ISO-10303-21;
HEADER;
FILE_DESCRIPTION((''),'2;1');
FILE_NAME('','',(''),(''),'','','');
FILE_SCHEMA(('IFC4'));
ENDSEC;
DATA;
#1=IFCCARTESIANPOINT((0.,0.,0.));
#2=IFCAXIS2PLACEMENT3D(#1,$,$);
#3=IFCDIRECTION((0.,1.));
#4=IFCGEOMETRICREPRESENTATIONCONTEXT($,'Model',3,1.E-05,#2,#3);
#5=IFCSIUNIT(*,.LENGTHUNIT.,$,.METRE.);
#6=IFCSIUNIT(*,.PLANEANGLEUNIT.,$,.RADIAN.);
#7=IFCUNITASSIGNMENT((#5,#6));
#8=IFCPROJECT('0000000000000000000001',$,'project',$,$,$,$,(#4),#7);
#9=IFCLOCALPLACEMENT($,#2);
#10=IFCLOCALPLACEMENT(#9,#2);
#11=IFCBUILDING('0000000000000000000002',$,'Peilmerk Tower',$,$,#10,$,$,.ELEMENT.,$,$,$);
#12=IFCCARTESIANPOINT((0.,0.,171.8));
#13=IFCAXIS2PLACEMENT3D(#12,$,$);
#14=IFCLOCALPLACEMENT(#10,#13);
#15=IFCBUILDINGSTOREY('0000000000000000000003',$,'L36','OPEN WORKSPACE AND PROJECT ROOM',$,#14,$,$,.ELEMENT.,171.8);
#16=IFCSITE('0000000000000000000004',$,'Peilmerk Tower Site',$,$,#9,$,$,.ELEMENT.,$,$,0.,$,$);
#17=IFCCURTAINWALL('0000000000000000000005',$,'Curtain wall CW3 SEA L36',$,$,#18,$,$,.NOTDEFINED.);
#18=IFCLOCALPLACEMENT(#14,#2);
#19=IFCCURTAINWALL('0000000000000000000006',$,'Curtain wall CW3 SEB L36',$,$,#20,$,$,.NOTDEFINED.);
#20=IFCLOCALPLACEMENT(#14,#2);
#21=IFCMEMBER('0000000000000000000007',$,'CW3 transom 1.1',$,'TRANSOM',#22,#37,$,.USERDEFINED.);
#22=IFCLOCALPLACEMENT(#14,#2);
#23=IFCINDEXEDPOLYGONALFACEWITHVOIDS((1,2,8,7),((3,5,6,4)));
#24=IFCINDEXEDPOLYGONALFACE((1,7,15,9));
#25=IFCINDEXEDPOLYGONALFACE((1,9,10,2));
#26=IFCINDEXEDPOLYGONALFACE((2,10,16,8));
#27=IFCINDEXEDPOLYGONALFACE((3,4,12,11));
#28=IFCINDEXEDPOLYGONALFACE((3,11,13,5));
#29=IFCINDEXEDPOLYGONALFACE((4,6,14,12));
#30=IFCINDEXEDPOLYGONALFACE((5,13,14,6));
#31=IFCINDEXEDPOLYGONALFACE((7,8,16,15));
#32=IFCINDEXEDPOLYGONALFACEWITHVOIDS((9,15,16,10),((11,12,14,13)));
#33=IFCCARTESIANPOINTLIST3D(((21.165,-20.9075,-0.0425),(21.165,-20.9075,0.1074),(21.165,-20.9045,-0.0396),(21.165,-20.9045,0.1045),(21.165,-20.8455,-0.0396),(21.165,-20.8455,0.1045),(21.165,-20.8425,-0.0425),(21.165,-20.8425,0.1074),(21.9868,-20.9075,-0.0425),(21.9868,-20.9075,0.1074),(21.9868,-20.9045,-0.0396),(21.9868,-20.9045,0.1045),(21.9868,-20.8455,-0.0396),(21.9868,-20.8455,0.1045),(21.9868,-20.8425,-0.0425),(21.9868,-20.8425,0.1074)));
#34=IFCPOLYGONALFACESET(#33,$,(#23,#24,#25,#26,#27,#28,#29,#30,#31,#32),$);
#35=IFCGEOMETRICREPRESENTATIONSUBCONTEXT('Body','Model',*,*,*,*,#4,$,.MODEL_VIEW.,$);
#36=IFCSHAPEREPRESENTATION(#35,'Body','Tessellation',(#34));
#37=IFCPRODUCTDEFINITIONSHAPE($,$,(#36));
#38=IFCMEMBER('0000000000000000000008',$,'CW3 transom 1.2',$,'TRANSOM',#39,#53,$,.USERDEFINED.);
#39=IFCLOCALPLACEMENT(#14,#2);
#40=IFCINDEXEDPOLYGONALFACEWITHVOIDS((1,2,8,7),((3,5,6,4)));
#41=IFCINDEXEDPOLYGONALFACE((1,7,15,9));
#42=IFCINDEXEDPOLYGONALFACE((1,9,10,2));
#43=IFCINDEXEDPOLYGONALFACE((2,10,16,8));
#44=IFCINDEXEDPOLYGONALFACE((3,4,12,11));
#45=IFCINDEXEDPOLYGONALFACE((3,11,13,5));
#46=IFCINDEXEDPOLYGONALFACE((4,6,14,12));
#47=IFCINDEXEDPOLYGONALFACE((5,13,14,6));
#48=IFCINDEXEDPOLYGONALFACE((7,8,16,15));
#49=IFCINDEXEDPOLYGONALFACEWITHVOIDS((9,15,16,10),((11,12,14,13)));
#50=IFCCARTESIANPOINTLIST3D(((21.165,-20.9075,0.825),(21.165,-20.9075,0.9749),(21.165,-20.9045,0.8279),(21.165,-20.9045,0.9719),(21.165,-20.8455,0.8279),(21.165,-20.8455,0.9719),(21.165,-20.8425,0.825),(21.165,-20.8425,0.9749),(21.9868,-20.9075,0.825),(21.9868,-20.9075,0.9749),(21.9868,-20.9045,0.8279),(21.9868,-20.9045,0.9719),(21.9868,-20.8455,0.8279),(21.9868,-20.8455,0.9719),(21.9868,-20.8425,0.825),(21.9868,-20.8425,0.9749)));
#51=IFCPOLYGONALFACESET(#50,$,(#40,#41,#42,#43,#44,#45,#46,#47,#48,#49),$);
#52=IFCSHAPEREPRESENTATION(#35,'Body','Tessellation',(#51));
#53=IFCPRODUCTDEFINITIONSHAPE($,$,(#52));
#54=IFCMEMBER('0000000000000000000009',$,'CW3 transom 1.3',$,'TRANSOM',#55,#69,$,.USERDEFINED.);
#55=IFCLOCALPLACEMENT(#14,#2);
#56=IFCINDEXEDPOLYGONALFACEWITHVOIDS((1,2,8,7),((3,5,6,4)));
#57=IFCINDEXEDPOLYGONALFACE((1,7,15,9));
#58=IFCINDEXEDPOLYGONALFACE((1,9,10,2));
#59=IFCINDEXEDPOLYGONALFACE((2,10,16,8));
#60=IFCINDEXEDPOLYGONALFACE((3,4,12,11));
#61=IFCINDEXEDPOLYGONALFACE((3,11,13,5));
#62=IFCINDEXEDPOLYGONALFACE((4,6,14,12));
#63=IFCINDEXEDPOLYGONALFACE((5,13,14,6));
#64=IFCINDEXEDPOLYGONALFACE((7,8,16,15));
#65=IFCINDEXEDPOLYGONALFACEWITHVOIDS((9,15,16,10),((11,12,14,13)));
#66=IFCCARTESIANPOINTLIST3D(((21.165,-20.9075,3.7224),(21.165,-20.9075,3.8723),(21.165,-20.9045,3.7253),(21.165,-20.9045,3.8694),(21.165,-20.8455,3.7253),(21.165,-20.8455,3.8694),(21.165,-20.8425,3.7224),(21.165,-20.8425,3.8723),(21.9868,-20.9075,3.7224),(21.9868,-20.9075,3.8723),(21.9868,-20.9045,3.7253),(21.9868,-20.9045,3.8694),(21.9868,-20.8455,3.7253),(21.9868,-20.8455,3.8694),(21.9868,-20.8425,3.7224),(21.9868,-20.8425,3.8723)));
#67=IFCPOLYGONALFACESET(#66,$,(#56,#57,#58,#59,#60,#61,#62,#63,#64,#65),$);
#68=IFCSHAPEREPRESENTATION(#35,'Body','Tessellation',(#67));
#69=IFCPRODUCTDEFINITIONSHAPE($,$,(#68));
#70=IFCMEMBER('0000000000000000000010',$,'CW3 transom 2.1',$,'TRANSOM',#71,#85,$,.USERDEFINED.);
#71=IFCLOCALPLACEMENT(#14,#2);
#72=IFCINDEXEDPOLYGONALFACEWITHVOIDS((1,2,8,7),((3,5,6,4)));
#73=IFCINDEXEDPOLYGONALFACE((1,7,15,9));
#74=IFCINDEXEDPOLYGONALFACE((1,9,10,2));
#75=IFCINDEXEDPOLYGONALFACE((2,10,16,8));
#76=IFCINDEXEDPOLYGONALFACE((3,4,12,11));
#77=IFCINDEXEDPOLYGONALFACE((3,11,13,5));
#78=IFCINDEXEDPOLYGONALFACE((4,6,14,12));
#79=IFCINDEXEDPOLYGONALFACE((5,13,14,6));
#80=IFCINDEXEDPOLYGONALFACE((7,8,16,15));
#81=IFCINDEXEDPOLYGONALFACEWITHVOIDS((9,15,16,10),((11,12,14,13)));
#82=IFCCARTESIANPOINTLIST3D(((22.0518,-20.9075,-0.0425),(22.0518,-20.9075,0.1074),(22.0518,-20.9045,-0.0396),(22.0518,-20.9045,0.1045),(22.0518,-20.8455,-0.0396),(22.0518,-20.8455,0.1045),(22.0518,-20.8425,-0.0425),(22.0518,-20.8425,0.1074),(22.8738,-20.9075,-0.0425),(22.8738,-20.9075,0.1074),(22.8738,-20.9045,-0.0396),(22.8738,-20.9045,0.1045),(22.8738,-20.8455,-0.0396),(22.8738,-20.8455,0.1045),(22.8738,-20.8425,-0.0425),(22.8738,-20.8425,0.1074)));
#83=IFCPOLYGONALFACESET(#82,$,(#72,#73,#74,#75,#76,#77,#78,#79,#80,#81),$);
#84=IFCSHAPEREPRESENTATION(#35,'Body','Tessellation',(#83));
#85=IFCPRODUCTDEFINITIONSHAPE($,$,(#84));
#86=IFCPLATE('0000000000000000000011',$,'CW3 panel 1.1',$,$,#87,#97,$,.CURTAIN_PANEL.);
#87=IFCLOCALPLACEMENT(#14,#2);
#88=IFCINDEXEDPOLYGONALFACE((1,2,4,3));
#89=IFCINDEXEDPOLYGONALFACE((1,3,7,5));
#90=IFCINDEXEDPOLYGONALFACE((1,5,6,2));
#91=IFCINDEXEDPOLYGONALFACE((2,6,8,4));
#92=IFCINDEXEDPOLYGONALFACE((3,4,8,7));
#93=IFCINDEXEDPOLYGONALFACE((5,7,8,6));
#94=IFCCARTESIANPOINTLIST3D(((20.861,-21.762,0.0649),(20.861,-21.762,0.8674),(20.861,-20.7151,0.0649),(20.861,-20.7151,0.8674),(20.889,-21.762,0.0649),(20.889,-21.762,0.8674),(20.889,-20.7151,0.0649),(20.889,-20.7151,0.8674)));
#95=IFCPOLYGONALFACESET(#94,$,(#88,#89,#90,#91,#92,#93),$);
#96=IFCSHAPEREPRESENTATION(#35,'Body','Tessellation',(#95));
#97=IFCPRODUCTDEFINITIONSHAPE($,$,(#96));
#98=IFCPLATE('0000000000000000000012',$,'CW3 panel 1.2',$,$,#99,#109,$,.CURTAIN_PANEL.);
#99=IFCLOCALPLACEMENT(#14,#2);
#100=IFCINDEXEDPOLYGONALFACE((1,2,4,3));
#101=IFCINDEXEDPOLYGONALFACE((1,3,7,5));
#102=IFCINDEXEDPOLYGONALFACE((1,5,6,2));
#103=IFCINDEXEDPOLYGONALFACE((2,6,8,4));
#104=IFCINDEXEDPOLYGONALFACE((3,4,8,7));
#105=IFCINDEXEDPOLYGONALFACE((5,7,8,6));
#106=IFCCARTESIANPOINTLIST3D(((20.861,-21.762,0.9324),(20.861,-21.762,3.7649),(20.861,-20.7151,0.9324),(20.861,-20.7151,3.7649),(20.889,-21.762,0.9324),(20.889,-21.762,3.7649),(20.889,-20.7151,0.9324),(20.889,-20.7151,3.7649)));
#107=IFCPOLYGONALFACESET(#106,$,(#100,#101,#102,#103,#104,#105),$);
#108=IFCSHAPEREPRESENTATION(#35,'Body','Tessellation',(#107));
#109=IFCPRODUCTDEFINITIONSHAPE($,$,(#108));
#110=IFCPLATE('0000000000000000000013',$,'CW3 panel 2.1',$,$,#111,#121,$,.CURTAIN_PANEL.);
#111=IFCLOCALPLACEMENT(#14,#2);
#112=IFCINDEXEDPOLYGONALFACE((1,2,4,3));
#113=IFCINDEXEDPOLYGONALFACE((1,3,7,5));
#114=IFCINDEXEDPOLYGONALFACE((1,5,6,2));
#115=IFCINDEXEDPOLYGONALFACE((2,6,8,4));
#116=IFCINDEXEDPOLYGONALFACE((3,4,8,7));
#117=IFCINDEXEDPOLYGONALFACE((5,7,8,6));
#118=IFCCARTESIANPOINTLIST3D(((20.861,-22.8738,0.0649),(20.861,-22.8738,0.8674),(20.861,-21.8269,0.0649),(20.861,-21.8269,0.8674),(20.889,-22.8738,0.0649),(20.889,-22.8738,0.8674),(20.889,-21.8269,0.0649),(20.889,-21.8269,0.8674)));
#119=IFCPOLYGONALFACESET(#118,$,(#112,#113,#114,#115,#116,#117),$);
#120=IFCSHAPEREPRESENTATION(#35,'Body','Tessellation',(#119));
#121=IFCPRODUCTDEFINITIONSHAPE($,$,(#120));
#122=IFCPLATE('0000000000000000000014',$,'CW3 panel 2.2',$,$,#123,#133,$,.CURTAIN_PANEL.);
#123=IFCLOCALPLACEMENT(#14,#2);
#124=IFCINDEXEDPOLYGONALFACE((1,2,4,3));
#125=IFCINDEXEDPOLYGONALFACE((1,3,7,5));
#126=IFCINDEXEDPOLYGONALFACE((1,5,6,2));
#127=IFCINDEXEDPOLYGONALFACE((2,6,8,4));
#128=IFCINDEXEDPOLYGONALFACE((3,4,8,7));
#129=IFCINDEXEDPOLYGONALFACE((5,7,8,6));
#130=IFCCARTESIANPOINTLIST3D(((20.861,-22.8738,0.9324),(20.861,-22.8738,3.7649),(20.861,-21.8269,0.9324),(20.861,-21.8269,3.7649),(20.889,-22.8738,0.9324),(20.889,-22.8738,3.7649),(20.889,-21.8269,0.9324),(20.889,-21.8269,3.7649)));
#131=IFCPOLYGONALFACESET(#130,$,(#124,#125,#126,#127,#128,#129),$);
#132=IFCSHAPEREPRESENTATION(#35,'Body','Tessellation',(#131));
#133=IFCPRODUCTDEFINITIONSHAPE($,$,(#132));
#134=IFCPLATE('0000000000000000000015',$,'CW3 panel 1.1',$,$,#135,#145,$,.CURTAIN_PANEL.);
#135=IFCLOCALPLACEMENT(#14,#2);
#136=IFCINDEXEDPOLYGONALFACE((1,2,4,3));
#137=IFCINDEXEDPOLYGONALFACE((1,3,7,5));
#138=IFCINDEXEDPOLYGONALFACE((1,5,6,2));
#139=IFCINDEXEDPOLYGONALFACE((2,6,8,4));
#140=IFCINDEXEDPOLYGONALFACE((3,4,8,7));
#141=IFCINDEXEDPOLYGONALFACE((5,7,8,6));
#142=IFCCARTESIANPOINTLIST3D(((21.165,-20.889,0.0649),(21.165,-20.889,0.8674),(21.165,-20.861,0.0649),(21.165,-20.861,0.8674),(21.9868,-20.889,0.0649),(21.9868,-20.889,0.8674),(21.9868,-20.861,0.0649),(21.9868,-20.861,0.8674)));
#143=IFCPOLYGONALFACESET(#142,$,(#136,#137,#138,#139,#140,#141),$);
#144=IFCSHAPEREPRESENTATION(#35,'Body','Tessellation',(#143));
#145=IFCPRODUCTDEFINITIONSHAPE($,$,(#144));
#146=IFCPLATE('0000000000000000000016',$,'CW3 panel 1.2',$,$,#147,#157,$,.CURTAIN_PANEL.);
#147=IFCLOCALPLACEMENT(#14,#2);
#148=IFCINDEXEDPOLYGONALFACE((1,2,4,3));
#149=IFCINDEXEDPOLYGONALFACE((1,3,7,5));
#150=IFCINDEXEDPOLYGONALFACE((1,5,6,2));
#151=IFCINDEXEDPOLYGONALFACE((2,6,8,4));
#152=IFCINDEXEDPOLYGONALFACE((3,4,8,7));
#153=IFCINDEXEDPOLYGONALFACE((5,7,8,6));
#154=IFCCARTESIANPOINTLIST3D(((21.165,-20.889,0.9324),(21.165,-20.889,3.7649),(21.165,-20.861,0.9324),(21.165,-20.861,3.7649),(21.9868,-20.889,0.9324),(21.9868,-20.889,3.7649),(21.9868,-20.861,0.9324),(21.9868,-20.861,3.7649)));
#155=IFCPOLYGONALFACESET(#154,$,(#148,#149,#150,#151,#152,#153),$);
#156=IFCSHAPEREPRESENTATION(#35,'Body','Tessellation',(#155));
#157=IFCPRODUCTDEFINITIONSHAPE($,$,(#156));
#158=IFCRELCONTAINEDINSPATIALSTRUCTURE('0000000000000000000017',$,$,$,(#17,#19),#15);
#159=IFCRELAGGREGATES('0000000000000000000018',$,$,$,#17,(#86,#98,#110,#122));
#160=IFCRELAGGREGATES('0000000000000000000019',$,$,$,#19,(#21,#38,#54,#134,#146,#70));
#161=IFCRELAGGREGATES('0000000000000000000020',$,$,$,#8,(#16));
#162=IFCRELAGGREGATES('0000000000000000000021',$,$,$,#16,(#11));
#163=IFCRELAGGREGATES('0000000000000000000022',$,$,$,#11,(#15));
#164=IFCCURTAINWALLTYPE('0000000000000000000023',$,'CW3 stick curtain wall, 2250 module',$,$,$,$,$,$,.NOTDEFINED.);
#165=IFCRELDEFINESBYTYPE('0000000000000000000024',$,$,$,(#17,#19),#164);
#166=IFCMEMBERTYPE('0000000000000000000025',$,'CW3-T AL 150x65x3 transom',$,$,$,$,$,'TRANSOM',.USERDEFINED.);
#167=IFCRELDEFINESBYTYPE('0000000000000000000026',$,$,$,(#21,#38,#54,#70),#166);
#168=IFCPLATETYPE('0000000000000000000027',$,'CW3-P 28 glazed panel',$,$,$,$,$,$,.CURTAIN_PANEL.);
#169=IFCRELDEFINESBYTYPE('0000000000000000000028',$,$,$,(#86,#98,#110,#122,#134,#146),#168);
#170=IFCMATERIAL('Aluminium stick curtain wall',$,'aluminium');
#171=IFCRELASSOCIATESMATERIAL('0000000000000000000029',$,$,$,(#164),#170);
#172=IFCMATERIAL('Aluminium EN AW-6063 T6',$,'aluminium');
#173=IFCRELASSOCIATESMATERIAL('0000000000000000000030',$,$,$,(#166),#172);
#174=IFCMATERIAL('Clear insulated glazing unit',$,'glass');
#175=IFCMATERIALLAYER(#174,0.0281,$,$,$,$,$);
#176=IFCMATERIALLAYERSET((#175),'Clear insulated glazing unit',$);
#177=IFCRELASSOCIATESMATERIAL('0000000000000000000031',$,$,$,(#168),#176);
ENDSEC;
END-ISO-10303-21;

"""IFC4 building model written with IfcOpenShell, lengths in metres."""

from ifc_helpers import new_model, si_unit, direction, frame, origin, origin_2d, place, context, subcontext, project, spatial, rectangle, hollow_rectangle, extrude, material, layer, layer_set, material_profile, profile_set, type_object, element, aggregate, save


model = new_model("IFC4")

# Units and contexts
model_context = context("Model", 3, precision=1e-05, world=origin(), true_north=direction((0.0, 1.0)))
body_context = subcontext(model_context, "Body", "Model", "MODEL_VIEW")
ifc_project = project(units=[si_unit("LENGTHUNIT", "METRE"), si_unit("PLANEANGLEUNIT", "RADIAN")], contexts=[model_context])

# Site, building, storey
site_placement = place(None, origin())
site = spatial("IfcSite", under=ifc_project, at=site_placement, Name="Peilmerk Tower Site", CompositionType="ELEMENT", RefElevation=0.0)
building_placement = place(site_placement, origin())
building = spatial("IfcBuilding", under=site, at=building_placement, Name="Peilmerk Tower", CompositionType="ELEMENT")
storey_placement = place(building_placement, frame((0.0, 0.0, 171.8)))
storey = spatial("IfcBuildingStorey", under=building, at=storey_placement, Name="L36", Description="OPEN WORKSPACE AND PROJECT ROOM", CompositionType="ELEMENT", Elevation=171.8)

# Curtain walls
ifc_material_1 = material(Name="Aluminium stick curtain wall", Category="aluminium")
curtain_wall_type = type_object("IfcCurtainWallType", Name="CW3 stick curtain wall, 2250 module", PredefinedType="NOTDEFINED", material=ifc_material_1)
curtain_wall_1_placement = place(storey_placement, origin())
curtain_wall_1 = element("IfcCurtainWall", 1, at=curtain_wall_1_placement, inside=storey, type_object=curtain_wall_type, Name="Curtain wall CW3 SEA L36", PredefinedType="NOTDEFINED")
ifc_material_2 = material(Name="Aluminium EN AW-6063 T6", Category="aluminium")
curtain_wall_2_placement = place(storey_placement, origin())
curtain_wall_2 = element("IfcCurtainWall", 2, at=curtain_wall_2_placement, inside=storey, type_object=curtain_wall_type, Name="Curtain wall CW3 SEB L36", PredefinedType="NOTDEFINED")

# Members
ifc_material_profile_1 = material_profile(ifc_material_2, hollow_rectangle(XDim=0.0649, YDim=0.1499, WallThickness=0.0029, at=origin_2d()), Name="AL 150x65x3")
ifc_profile_set_1 = profile_set([ifc_material_profile_1], Name="Aluminium EN AW-6063 T6")
member_type_1 = type_object("IfcMemberType", Name="CW3-T AL 150x65x3 transom", ElementType="TRANSOM", PredefinedType="USERDEFINED", material=ifc_profile_set_1)
member_1_placement = place(storey_placement, frame((21.165, -20.875, 0.0325), z_axis=(1.0, 0.0, 0.0), x_axis=(0.0, 1.0, 0.0)))
member_1 = element("IfcMember", 3, at=member_1_placement, type_object=member_type_1, Name="CW3 transom 1.1", ObjectType="TRANSOM", PredefinedType="USERDEFINED", context=body_context, shape_type="SweptSolid", body=[
    extrude(hollow_rectangle(XDim=0.0649, YDim=0.1499, WallThickness=0.0029, at=origin_2d()), origin(), (0.0, 0.0, 1.0), 0.8218),
])
member_2_placement = place(storey_placement, frame((21.165, -20.875, 0.8999), z_axis=(1.0, 0.0, 0.0), x_axis=(0.0, 1.0, 0.0)))
member_2 = element("IfcMember", 4, at=member_2_placement, type_object=member_type_1, Name="CW3 transom 1.2", ObjectType="TRANSOM", PredefinedType="USERDEFINED", context=body_context, shape_type="SweptSolid", body=[
    extrude(hollow_rectangle(XDim=0.0649, YDim=0.1499, WallThickness=0.0029, at=origin_2d()), origin(), (0.0, 0.0, 1.0), 0.8218),
])
member_3_placement = place(storey_placement, frame((21.165, -20.875, 3.7974), z_axis=(1.0, 0.0, 0.0), x_axis=(0.0, 1.0, 0.0)))
member_3 = element("IfcMember", 5, at=member_3_placement, type_object=member_type_1, Name="CW3 transom 1.3", ObjectType="TRANSOM", PredefinedType="USERDEFINED", context=body_context, shape_type="SweptSolid", body=[
    extrude(hollow_rectangle(XDim=0.0649, YDim=0.1499, WallThickness=0.0029, at=origin_2d()), origin(), (0.0, 0.0, 1.0), 0.8218),
])
member_4_placement = place(storey_placement, frame((22.0518, -20.875, 0.0325), z_axis=(1.0, 0.0, 0.0), x_axis=(0.0, 1.0, 0.0)))
member_4 = element("IfcMember", 6, at=member_4_placement, type_object=member_type_1, Name="CW3 transom 2.1", ObjectType="TRANSOM", PredefinedType="USERDEFINED", context=body_context, shape_type="SweptSolid", body=[
    extrude(hollow_rectangle(XDim=0.0649, YDim=0.1499, WallThickness=0.0029, at=origin_2d()), origin(), (0.0, 0.0, 1.0), 0.822),
])

# Plates
ifc_material_3 = material(Name="Clear insulated glazing unit", Category="glass")
ifc_layer_1 = layer(ifc_material_3, 0.0281)
ifc_layer_set_1 = layer_set([ifc_layer_1], Name="Clear insulated glazing unit")
plate_type = type_object("IfcPlateType", Name="CW3-P 28 glazed panel", PredefinedType="CURTAIN_PANEL", material=ifc_layer_set_1)
plate_1_placement = place(storey_placement, frame((20.875, -21.2385, 0.0649), z_axis=(0.0, 0.0, 1.0), x_axis=(0.0, -1.0, 0.0)))
plate_1 = element("IfcPlate", 7, at=plate_1_placement, type_object=plate_type, Name="CW3 panel 1.1", PredefinedType="CURTAIN_PANEL", context=body_context, shape_type="SweptSolid", body=[
    extrude(rectangle(XDim=1.0469, YDim=0.0281, at=origin_2d()), origin(), (0.0, 0.0, 1.0), 0.8025),
])
plate_2_placement = place(storey_placement, frame((20.875, -21.2385, 0.9324), z_axis=(0.0, 0.0, 1.0), x_axis=(0.0, -1.0, 0.0)))
plate_2 = element("IfcPlate", 8, at=plate_2_placement, type_object=plate_type, Name="CW3 panel 1.2", PredefinedType="CURTAIN_PANEL", context=body_context, shape_type="SweptSolid", body=[
    extrude(rectangle(XDim=1.0469, YDim=0.0281, at=origin_2d()), origin(), (0.0, 0.0, 1.0), 2.8325),
])
plate_3_placement = place(storey_placement, frame((20.875, -22.3503, 0.0649), z_axis=(0.0, 0.0, 1.0), x_axis=(0.0, -1.0, 0.0)))
plate_3 = element("IfcPlate", 9, at=plate_3_placement, type_object=plate_type, Name="CW3 panel 2.1", PredefinedType="CURTAIN_PANEL", context=body_context, shape_type="SweptSolid", body=[
    extrude(rectangle(XDim=1.0469, YDim=0.0281, at=origin_2d()), origin(), (0.0, 0.0, 1.0), 0.8025),
])
plate_4_placement = place(storey_placement, frame((20.875, -22.3503, 0.9324), z_axis=(0.0, 0.0, 1.0), x_axis=(0.0, -1.0, 0.0)))
plate_4 = element("IfcPlate", 10, at=plate_4_placement, type_object=plate_type, Name="CW3 panel 2.2", PredefinedType="CURTAIN_PANEL", context=body_context, shape_type="SweptSolid", body=[
    extrude(rectangle(XDim=1.0469, YDim=0.0281, at=origin_2d()), origin(), (0.0, 0.0, 1.0), 2.8325),
])
aggregate(curtain_wall_1, [plate_1, plate_2, plate_3, plate_4])
plate_5_placement = place(storey_placement, frame((21.5759, -20.875, 0.0649), z_axis=(0.0, 0.0, 1.0), x_axis=(1.0, 0.0, 0.0)))
plate_5 = element("IfcPlate", 11, at=plate_5_placement, type_object=plate_type, Name="CW3 panel 1.1", PredefinedType="CURTAIN_PANEL", context=body_context, shape_type="SweptSolid", body=[
    extrude(rectangle(XDim=0.8218, YDim=0.0281, at=origin_2d()), origin(), (0.0, 0.0, 1.0), 0.8025),
])
plate_6_placement = place(storey_placement, frame((21.5759, -20.875, 0.9324), z_axis=(0.0, 0.0, 1.0), x_axis=(1.0, 0.0, 0.0)))
plate_6 = element("IfcPlate", 12, at=plate_6_placement, type_object=plate_type, Name="CW3 panel 1.2", PredefinedType="CURTAIN_PANEL", context=body_context, shape_type="SweptSolid", body=[
    extrude(rectangle(XDim=0.8218, YDim=0.0281, at=origin_2d()), origin(), (0.0, 0.0, 1.0), 2.8325),
])
aggregate(curtain_wall_2, [member_1, member_2, member_3, plate_5, plate_6, member_4])

save(model, "model.ifc")
